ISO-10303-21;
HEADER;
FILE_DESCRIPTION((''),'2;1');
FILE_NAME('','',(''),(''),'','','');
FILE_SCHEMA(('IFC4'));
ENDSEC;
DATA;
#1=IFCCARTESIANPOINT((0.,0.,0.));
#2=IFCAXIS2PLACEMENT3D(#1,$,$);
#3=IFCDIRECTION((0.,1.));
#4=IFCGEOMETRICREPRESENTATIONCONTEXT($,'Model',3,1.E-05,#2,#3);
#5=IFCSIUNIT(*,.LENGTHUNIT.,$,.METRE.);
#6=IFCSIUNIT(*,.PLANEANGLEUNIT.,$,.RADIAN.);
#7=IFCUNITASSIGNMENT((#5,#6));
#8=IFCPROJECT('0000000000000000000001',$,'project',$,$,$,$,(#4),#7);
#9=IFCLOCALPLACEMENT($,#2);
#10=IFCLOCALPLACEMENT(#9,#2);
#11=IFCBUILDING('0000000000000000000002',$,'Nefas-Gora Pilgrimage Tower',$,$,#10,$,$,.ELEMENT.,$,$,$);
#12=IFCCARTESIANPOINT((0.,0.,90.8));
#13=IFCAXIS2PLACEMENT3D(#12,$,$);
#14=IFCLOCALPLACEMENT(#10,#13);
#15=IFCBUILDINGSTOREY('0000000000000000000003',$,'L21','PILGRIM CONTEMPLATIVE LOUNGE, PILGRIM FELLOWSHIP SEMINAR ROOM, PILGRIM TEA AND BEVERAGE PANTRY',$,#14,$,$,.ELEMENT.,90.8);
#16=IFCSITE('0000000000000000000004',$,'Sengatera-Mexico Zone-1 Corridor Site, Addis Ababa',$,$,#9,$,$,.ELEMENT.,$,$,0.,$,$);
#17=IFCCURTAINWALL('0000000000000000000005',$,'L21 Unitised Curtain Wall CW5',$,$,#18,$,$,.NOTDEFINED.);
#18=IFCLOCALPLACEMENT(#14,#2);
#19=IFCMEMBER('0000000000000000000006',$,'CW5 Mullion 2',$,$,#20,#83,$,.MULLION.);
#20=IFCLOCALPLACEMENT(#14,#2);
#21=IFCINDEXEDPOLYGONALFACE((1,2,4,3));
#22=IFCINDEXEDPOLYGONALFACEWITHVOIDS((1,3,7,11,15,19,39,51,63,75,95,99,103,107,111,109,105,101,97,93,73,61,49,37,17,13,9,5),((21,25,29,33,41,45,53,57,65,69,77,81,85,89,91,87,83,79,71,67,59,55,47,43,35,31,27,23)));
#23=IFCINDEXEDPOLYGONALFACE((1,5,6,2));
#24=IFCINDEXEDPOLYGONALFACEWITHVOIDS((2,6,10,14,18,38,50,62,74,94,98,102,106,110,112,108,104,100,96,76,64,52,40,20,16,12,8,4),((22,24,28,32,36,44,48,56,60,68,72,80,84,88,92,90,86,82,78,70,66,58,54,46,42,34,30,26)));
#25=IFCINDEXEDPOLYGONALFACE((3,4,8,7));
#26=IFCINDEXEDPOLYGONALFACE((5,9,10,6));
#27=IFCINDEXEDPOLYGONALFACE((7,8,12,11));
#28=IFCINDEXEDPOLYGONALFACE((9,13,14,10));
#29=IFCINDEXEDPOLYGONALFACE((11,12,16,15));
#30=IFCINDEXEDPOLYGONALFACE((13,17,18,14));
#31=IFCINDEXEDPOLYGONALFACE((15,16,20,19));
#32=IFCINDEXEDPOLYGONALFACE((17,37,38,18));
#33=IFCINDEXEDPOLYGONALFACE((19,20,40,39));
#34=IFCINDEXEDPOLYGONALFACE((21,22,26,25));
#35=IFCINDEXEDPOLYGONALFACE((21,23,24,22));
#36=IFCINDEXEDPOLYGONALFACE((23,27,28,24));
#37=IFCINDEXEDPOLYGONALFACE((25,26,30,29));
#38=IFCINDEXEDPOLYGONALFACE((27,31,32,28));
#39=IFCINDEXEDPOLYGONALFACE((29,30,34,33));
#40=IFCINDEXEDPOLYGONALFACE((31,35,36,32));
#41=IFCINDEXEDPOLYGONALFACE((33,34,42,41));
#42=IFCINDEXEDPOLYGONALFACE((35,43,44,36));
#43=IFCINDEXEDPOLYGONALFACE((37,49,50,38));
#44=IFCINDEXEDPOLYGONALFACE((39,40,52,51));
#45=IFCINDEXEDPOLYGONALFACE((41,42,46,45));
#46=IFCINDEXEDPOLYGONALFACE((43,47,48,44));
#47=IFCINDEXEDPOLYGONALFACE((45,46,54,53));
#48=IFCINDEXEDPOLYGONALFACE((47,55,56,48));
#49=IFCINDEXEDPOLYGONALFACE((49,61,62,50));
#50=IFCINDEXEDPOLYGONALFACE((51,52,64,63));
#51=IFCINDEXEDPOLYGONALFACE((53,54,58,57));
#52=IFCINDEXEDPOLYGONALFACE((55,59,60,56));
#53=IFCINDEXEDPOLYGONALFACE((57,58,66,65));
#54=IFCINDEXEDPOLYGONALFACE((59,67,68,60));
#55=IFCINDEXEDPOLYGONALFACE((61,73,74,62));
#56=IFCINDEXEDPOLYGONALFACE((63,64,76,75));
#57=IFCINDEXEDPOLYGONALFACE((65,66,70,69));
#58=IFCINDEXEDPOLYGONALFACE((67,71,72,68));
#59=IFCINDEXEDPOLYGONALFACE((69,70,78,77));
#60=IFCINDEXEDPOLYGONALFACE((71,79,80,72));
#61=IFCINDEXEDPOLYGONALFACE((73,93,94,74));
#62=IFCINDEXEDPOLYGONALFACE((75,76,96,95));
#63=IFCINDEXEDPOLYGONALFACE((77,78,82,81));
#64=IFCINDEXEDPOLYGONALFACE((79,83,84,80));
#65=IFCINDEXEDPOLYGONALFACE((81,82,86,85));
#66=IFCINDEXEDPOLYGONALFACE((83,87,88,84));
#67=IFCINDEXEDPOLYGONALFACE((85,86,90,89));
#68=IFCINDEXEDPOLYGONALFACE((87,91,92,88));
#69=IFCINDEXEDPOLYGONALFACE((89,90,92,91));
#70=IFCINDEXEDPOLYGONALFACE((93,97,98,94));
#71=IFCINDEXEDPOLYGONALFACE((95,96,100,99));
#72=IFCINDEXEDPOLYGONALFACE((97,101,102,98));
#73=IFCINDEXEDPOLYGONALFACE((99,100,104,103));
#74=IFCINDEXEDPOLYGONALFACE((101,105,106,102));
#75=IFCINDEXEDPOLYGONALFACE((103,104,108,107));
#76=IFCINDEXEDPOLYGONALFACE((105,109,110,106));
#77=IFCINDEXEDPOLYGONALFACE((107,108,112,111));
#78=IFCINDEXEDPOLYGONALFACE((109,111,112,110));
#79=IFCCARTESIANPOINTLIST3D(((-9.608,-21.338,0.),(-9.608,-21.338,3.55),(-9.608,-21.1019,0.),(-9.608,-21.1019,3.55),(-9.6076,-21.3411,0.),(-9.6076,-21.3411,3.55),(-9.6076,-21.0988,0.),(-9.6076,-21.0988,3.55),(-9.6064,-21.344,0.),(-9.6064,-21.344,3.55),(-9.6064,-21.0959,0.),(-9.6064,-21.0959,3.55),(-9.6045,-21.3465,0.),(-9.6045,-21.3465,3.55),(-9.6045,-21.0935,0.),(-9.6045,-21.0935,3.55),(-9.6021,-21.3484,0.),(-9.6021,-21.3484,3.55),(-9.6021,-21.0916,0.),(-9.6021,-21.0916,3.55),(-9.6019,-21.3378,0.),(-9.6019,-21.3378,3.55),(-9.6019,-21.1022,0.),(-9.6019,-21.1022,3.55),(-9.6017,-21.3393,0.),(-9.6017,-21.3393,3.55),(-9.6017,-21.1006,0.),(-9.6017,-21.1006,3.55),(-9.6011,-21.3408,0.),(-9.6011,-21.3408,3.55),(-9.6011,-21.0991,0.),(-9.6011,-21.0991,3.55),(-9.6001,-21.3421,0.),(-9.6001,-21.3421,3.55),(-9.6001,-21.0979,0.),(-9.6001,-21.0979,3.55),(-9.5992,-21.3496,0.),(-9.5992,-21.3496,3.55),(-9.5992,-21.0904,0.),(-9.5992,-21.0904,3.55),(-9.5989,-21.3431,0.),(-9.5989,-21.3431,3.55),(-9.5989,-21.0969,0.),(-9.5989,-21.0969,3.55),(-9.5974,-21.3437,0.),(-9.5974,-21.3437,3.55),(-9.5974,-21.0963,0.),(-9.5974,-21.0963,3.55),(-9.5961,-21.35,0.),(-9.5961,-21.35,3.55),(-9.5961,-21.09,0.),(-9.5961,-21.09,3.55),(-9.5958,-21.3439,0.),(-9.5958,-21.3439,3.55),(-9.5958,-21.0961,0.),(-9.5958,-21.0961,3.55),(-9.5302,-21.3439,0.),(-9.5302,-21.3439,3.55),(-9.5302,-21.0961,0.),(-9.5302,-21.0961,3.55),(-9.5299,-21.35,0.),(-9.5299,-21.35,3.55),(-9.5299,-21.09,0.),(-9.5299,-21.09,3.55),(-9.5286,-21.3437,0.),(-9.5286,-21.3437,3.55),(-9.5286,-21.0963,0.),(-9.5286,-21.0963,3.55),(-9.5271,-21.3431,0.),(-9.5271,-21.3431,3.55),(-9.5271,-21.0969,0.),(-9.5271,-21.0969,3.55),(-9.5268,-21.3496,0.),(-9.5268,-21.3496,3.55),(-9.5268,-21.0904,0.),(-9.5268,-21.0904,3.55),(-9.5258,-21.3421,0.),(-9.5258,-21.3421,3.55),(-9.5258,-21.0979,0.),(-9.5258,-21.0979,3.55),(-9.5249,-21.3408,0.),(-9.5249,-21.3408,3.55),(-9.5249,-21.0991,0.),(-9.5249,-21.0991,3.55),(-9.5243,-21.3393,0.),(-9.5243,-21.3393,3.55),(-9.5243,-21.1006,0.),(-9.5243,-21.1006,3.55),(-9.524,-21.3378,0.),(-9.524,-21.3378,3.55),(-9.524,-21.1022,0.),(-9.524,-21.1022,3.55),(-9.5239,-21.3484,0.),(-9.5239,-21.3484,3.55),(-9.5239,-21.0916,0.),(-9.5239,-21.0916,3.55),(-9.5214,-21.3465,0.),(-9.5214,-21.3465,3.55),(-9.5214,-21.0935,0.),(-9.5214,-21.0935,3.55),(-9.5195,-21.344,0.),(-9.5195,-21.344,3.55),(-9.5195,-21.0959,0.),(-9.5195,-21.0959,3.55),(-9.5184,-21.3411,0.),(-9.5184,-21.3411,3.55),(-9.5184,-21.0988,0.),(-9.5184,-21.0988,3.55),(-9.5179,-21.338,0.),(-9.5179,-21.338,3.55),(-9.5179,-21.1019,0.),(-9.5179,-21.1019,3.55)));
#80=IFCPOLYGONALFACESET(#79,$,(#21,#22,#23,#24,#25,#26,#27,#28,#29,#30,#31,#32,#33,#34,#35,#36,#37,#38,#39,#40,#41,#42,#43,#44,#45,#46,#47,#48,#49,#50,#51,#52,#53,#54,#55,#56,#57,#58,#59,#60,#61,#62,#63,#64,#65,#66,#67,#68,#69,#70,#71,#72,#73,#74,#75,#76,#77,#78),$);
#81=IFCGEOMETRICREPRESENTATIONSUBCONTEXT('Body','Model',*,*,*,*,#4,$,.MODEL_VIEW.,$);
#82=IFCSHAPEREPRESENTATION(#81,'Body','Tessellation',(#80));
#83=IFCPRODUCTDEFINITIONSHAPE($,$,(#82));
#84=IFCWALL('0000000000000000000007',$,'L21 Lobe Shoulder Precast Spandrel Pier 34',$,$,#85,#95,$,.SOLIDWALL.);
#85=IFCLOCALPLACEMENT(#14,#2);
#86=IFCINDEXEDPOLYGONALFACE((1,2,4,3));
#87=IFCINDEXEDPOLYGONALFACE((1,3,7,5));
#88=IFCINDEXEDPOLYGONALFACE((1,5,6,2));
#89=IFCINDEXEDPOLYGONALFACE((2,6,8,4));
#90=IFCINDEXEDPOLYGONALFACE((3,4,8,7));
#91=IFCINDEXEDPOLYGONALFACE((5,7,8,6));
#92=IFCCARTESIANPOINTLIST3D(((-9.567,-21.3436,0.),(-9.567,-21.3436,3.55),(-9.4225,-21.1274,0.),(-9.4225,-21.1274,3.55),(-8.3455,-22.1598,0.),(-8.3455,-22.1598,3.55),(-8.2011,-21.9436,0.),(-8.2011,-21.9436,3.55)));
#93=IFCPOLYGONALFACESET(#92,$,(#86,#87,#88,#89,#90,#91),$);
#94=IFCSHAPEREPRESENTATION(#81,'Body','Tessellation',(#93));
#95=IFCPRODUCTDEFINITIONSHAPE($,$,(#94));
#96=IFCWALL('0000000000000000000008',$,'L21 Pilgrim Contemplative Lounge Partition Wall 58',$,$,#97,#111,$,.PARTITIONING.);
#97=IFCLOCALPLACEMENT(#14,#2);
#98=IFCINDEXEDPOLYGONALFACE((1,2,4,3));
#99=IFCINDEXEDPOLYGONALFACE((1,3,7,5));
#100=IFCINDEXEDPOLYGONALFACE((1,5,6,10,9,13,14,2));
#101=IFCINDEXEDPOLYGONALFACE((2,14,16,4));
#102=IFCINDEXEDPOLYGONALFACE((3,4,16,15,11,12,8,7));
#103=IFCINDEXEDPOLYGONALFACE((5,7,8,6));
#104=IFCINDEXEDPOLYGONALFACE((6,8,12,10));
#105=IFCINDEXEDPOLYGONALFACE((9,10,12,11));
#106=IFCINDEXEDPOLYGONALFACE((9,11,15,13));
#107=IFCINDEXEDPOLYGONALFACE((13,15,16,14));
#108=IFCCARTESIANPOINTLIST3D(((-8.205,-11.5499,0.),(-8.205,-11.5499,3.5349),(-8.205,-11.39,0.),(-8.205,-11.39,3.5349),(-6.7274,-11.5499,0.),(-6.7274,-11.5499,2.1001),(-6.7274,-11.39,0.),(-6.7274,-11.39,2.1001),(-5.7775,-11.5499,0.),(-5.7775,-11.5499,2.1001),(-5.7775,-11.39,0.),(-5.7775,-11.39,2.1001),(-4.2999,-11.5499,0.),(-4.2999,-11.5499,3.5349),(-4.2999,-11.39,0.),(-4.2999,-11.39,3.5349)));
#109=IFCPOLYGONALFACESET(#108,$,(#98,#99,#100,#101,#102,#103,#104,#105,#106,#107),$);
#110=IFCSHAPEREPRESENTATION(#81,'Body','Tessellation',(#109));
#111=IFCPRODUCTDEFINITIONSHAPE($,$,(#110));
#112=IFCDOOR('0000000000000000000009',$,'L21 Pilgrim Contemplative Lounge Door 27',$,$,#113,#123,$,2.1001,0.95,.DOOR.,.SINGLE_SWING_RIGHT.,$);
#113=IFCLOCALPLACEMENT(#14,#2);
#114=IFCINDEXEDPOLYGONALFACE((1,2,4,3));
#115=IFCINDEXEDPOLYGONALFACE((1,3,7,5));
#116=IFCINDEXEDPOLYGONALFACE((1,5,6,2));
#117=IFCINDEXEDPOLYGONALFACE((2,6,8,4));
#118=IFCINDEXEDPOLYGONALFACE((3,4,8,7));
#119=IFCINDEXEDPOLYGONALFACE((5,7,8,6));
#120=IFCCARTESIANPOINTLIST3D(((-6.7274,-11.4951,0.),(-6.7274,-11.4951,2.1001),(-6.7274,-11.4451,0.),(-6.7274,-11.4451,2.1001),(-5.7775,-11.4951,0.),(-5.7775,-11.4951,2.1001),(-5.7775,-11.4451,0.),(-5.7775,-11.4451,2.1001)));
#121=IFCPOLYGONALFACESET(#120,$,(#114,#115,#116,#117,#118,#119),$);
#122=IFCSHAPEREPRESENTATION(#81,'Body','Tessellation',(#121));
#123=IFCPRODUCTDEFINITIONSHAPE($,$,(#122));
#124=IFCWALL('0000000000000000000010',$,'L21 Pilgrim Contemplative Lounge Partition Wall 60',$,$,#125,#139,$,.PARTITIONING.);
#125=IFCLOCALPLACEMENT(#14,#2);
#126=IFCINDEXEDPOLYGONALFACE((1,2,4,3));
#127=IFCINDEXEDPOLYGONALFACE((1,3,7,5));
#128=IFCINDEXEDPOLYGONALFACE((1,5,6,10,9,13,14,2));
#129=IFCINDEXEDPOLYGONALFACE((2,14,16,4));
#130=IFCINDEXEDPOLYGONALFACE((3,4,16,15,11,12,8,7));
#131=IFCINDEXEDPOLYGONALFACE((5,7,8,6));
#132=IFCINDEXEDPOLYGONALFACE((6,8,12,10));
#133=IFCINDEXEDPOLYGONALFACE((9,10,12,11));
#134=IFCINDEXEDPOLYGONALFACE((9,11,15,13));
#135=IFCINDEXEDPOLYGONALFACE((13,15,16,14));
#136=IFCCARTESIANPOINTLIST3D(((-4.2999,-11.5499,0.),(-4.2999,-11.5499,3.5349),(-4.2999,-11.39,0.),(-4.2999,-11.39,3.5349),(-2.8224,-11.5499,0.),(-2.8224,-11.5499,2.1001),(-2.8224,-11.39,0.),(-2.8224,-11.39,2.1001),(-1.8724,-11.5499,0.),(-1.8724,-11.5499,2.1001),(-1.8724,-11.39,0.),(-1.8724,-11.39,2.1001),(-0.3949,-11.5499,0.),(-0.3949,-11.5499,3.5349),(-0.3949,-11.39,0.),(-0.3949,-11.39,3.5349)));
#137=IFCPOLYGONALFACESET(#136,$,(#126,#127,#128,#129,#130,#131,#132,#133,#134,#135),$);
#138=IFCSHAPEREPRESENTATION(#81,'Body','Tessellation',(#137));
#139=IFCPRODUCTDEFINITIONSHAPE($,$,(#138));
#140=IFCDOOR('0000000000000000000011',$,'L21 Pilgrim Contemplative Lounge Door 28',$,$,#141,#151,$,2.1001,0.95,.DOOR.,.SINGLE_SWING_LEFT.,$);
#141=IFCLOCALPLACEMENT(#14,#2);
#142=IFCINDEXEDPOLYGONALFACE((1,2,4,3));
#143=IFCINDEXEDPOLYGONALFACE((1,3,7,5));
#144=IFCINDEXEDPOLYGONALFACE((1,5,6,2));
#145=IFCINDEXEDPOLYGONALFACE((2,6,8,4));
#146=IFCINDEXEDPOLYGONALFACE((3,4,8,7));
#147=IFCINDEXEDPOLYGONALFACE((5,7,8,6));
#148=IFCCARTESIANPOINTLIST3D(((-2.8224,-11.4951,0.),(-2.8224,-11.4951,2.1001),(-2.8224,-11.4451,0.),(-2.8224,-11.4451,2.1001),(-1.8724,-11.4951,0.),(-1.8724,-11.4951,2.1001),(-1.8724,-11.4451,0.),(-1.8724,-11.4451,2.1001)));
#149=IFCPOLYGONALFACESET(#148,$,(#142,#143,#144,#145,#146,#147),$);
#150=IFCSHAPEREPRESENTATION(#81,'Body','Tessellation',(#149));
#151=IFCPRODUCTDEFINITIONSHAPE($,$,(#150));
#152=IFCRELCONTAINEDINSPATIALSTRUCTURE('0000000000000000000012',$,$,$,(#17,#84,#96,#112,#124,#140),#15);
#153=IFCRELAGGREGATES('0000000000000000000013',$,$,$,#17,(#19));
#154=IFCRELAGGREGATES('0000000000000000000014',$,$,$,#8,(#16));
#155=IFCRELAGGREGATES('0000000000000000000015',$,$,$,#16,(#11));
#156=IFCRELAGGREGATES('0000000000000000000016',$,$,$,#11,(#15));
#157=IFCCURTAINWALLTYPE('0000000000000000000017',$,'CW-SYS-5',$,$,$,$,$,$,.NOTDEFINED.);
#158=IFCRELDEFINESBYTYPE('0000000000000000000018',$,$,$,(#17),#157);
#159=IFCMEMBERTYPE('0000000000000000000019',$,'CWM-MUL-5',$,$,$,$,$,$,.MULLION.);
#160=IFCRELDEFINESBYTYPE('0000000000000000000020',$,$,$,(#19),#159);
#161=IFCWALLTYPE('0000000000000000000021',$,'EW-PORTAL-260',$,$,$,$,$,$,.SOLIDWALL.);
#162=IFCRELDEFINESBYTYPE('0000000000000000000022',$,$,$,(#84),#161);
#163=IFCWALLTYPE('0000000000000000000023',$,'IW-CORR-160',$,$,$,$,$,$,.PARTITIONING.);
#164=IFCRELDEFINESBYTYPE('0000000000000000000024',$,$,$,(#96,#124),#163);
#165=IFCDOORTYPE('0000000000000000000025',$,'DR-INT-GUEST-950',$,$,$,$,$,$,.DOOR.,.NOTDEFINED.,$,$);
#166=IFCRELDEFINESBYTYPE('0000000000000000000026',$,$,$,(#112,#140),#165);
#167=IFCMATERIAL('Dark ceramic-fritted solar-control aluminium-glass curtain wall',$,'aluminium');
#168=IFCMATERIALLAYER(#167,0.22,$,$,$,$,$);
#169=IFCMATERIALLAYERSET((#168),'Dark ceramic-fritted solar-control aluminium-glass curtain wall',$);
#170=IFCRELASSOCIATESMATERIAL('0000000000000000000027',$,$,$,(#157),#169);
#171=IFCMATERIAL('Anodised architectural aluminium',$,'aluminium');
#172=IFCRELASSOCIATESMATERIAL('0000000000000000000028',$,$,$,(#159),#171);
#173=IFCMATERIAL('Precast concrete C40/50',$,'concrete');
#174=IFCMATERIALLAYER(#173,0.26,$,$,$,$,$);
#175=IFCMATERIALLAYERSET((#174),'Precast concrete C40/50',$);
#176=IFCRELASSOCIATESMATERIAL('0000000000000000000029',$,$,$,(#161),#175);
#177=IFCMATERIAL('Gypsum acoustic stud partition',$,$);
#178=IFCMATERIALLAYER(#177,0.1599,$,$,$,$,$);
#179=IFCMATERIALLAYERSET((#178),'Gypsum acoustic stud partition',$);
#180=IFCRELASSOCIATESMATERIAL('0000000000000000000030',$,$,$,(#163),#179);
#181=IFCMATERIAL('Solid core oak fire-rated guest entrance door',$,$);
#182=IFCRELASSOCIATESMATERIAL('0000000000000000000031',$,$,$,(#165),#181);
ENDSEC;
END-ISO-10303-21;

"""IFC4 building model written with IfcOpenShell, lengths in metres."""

from ifc_helpers import new_model, si_unit, direction, frame, frame_2d, origin, origin_2d, place, context, subcontext, project, spatial, rectangle, hollow_rectangle, extrude, source, transform, mapped, material, layer, layer_set, material_profile, profile_set, type_object, element, fill, aggregate, save


model = new_model("IFC4")

# Units and contexts
model_context = context("Model", 3, precision=1e-05, world=origin(), true_north=direction((0.0, 1.0)))
body_context = subcontext(model_context, "Body", "Model", "MODEL_VIEW")
ifc_project = project(units=[si_unit("LENGTHUNIT", "METRE"), si_unit("PLANEANGLEUNIT", "RADIAN")], contexts=[model_context])

# Site, building, storey
site_placement = place(None, origin())
site = spatial("IfcSite", under=ifc_project, at=site_placement, Name="Sengatera-Mexico Zone-1 Corridor Site, Addis Ababa", CompositionType="ELEMENT", RefElevation=0.0)
building_placement = place(site_placement, origin())
building = spatial("IfcBuilding", under=site, at=building_placement, Name="Nefas-Gora Pilgrimage Tower", CompositionType="ELEMENT")
storey_placement = place(building_placement, frame((0.0, 0.0, 90.8)))
storey = spatial("IfcBuildingStorey", under=building, at=storey_placement, Name="L21", Description="PILGRIM CONTEMPLATIVE LOUNGE, PILGRIM FELLOWSHIP SEMINAR ROOM, PILGRIM TEA AND BEVERAGE PANTRY", CompositionType="ELEMENT", Elevation=90.8)

# Curtain wall, member
ifc_material_1 = material(Name="Dark ceramic-fritted solar-control aluminium-glass curtain wall", Category="aluminium")
ifc_layer_1 = layer(ifc_material_1, 0.22)
ifc_layer_set_1 = layer_set([ifc_layer_1], Name="Dark ceramic-fritted solar-control aluminium-glass curtain wall")
curtain_wall_type = type_object("IfcCurtainWallType", Name="CW-SYS-5", PredefinedType="NOTDEFINED", material=ifc_layer_set_1)
curtain_wall_placement = place(storey_placement, origin())
curtain_wall = element("IfcCurtainWall", 1, at=curtain_wall_placement, inside=storey, type_object=curtain_wall_type, Name="L21 Unitised Curtain Wall CW5", PredefinedType="NOTDEFINED")
ifc_material_2 = material(Name="Anodised architectural aluminium", Category="aluminium")
ifc_material_profile_1 = material_profile(ifc_material_2, hollow_rectangle(XDim=0.0901, YDim=0.26, WallThickness=0.0061, InnerFilletRadius=0.0061, OuterFilletRadius=0.012, at=origin_2d()), Name="ALU MULLION 90x260")
ifc_profile_set_1 = profile_set([ifc_material_profile_1], Name="Anodised architectural aluminium")
member_type = type_object("IfcMemberType", Name="CWM-MUL-5", PredefinedType="MULLION", material=ifc_profile_set_1)
shared_shape_1 = source(origin(), body_context, "Body", "SweptSolid", [
    extrude(hollow_rectangle(XDim=0.0901, YDim=0.26, WallThickness=0.0061, InnerFilletRadius=0.0061, OuterFilletRadius=0.012, at=origin_2d()), origin(), (0.0, 0.0, 1.0), 3.55),
])
member_placement = place(storey_placement, frame((-9.563, -21.22, 0.0), z_axis=(0.0, 0.0, 1.0), x_axis=(1.0, 0.0, 0.0)))
member = element("IfcMember", 2, at=member_placement, type_object=member_type, Name="CW5 Mullion 2", PredefinedType="MULLION", context=body_context, shape_type="MappedRepresentation", body=[
    mapped(shared_shape_1, transform((0.0, 0.0, 0.0), x_axis=(1.0, 0.0, 0.0), y_axis=(0.0, 1.0, 0.0), z_axis=(0.0, 0.0, 1.0), scale=1.0)),
])
aggregate(curtain_wall, [member])

# Wall
ifc_material_3 = material(Name="Precast concrete C40/50", Category="concrete")
ifc_layer_2 = layer(ifc_material_3, 0.26)
ifc_layer_set_2 = layer_set([ifc_layer_2], Name="Precast concrete C40/50")
wall_type_1 = type_object("IfcWallType", Name="EW-PORTAL-260", PredefinedType="SOLIDWALL", material=ifc_layer_set_2)
shared_shape_2 = source(origin(), body_context, "Body", "SweptSolid", [
    extrude(rectangle(XDim=1.469, YDim=0.26, at=frame_2d((0.7344, 0.0))), origin(), (0.0, 0.0, 1.0), 3.55),
])
wall_1_placement = place(storey_placement, frame((-9.4946, -21.2356, 0.0), z_axis=(0.0, 0.0, 1.0), x_axis=(0.831462, -0.555582, 0.0)))
element("IfcWall", 3, at=wall_1_placement, inside=storey, type_object=wall_type_1, Name="L21 Lobe Shoulder Precast Spandrel Pier 34", PredefinedType="SOLIDWALL", context=body_context, shape_type="MappedRepresentation", body=[
    mapped(shared_shape_2, transform((0.0, 0.0, 0.0), x_axis=(1.0, 0.0, 0.0), y_axis=(0.0, 1.0, 0.0), z_axis=(0.0, 0.0, 1.0), scale=1.0)),
])

# Walls, openings, doors
ifc_material_4 = material(Name="Gypsum acoustic stud partition")
ifc_layer_3 = layer(ifc_material_4, 0.1599)
ifc_layer_set_3 = layer_set([ifc_layer_3], Name="Gypsum acoustic stud partition")
wall_type_2 = type_object("IfcWallType", Name="IW-CORR-160", PredefinedType="PARTITIONING", material=ifc_layer_set_3)
shared_shape_3 = source(origin(), body_context, "Body", "SweptSolid", [
    extrude(rectangle(XDim=3.905, YDim=0.1599, at=frame_2d((1.9526, 0.0))), origin(), (0.0, 0.0, 1.0), 3.5349),
])
wall_2_placement = place(storey_placement, frame((-8.2051, -11.47, 0.0), z_axis=(0.0, 0.0, 1.0), x_axis=(1.0, 0.0, 0.0)))
wall_2 = element("IfcWall", 4, at=wall_2_placement, inside=storey, type_object=wall_type_2, Name="L21 Pilgrim Contemplative Lounge Partition Wall 58", PredefinedType="PARTITIONING", context=body_context, shape_type="MappedRepresentation", body=[
    mapped(shared_shape_3, transform((0.0, 0.0, 0.0), x_axis=(1.0, 0.0, 0.0), y_axis=(0.0, 1.0, 0.0), z_axis=(0.0, 0.0, 1.0), scale=1.0)),
])
opening_1_placement = place(wall_2_placement, frame((1.4775, 0.0, 0.0)))
opening_1 = element("IfcOpeningElement", 5, at=opening_1_placement, cuts=wall_2, PredefinedType="OPENING", context=body_context, shape_type="SweptSolid", body=[
    extrude(rectangle(XDim=0.95, YDim=2.1001, at=frame_2d((0.4751, 1.05))), frame((0.0, 0.0898, 0.0), z_axis=(0.0, -1.0, 0.0), x_axis=(1.0, 0.0, 0.0)), (0.0, 0.0, 1.0), 0.1799),
])
ifc_material_5 = material(Name="Solid core oak fire-rated guest entrance door")
door_type_1 = type_object("IfcDoorType", Name="DR-INT-GUEST-950", OperationType="NOTDEFINED", PredefinedType="DOOR", material=ifc_material_5)
shared_shape_4 = source(origin(), body_context, "Body", "SweptSolid", [
    extrude(rectangle(XDim=0.95, YDim=2.1001, at=frame_2d((0.4751, 1.05))), frame((0.0, 0.0249, 0.0), z_axis=(0.0, -1.0, 0.0), x_axis=(1.0, 0.0, 0.0)), (0.0, 0.0, 1.0), 0.05),
])
door_1_placement = place(opening_1_placement, origin())
door_1 = element("IfcDoor", 6, at=door_1_placement, inside=storey, type_object=door_type_1, Name="L21 Pilgrim Contemplative Lounge Door 27", OperationType="SINGLE_SWING_RIGHT", OverallHeight=2.1001, OverallWidth=0.95, PredefinedType="DOOR", context=body_context, shape_type="MappedRepresentation", body=[
    mapped(shared_shape_4, transform((0.0, 0.0, 0.0), x_axis=(1.0, 0.0, 0.0), y_axis=(0.0, 1.0, 0.0), z_axis=(0.0, 0.0, 1.0), scale=1.0)),
])
fill(opening_1, door_1)
wall_3_placement = place(storey_placement, frame((-4.3, -11.47, 0.0), z_axis=(0.0, 0.0, 1.0), x_axis=(1.0, 0.0, 0.0)))
wall_3 = element("IfcWall", 7, at=wall_3_placement, inside=storey, type_object=wall_type_2, Name="L21 Pilgrim Contemplative Lounge Partition Wall 60", PredefinedType="PARTITIONING", context=body_context, shape_type="MappedRepresentation", body=[
    mapped(shared_shape_3, transform((0.0, 0.0, 0.0), x_axis=(1.0, 0.0, 0.0), y_axis=(0.0, 1.0, 0.0), z_axis=(0.0, 0.0, 1.0), scale=1.0)),
])
opening_2_placement = place(wall_3_placement, frame((1.4775, 0.0, 0.0)))
opening_2 = element("IfcOpeningElement", 8, at=opening_2_placement, cuts=wall_3, PredefinedType="OPENING", context=body_context, shape_type="SweptSolid", body=[
    extrude(rectangle(XDim=0.95, YDim=2.1001, at=frame_2d((0.4751, 1.05))), frame((0.0, 0.0898, 0.0), z_axis=(0.0, -1.0, 0.0), x_axis=(1.0, 0.0, 0.0)), (0.0, 0.0, 1.0), 0.1799),
])
door_2_placement = place(opening_2_placement, origin())
door_2 = element("IfcDoor", 9, at=door_2_placement, inside=storey, type_object=door_type_1, Name="L21 Pilgrim Contemplative Lounge Door 28", OperationType="SINGLE_SWING_LEFT", OverallHeight=2.1001, OverallWidth=0.95, PredefinedType="DOOR", context=body_context, shape_type="MappedRepresentation", body=[
    mapped(shared_shape_4, transform((0.0, 0.0, 0.0), x_axis=(1.0, 0.0, 0.0), y_axis=(0.0, 1.0, 0.0), z_axis=(0.0, 0.0, 1.0), scale=1.0)),
])
fill(opening_2, door_2)

save(model, "model.ifc")
